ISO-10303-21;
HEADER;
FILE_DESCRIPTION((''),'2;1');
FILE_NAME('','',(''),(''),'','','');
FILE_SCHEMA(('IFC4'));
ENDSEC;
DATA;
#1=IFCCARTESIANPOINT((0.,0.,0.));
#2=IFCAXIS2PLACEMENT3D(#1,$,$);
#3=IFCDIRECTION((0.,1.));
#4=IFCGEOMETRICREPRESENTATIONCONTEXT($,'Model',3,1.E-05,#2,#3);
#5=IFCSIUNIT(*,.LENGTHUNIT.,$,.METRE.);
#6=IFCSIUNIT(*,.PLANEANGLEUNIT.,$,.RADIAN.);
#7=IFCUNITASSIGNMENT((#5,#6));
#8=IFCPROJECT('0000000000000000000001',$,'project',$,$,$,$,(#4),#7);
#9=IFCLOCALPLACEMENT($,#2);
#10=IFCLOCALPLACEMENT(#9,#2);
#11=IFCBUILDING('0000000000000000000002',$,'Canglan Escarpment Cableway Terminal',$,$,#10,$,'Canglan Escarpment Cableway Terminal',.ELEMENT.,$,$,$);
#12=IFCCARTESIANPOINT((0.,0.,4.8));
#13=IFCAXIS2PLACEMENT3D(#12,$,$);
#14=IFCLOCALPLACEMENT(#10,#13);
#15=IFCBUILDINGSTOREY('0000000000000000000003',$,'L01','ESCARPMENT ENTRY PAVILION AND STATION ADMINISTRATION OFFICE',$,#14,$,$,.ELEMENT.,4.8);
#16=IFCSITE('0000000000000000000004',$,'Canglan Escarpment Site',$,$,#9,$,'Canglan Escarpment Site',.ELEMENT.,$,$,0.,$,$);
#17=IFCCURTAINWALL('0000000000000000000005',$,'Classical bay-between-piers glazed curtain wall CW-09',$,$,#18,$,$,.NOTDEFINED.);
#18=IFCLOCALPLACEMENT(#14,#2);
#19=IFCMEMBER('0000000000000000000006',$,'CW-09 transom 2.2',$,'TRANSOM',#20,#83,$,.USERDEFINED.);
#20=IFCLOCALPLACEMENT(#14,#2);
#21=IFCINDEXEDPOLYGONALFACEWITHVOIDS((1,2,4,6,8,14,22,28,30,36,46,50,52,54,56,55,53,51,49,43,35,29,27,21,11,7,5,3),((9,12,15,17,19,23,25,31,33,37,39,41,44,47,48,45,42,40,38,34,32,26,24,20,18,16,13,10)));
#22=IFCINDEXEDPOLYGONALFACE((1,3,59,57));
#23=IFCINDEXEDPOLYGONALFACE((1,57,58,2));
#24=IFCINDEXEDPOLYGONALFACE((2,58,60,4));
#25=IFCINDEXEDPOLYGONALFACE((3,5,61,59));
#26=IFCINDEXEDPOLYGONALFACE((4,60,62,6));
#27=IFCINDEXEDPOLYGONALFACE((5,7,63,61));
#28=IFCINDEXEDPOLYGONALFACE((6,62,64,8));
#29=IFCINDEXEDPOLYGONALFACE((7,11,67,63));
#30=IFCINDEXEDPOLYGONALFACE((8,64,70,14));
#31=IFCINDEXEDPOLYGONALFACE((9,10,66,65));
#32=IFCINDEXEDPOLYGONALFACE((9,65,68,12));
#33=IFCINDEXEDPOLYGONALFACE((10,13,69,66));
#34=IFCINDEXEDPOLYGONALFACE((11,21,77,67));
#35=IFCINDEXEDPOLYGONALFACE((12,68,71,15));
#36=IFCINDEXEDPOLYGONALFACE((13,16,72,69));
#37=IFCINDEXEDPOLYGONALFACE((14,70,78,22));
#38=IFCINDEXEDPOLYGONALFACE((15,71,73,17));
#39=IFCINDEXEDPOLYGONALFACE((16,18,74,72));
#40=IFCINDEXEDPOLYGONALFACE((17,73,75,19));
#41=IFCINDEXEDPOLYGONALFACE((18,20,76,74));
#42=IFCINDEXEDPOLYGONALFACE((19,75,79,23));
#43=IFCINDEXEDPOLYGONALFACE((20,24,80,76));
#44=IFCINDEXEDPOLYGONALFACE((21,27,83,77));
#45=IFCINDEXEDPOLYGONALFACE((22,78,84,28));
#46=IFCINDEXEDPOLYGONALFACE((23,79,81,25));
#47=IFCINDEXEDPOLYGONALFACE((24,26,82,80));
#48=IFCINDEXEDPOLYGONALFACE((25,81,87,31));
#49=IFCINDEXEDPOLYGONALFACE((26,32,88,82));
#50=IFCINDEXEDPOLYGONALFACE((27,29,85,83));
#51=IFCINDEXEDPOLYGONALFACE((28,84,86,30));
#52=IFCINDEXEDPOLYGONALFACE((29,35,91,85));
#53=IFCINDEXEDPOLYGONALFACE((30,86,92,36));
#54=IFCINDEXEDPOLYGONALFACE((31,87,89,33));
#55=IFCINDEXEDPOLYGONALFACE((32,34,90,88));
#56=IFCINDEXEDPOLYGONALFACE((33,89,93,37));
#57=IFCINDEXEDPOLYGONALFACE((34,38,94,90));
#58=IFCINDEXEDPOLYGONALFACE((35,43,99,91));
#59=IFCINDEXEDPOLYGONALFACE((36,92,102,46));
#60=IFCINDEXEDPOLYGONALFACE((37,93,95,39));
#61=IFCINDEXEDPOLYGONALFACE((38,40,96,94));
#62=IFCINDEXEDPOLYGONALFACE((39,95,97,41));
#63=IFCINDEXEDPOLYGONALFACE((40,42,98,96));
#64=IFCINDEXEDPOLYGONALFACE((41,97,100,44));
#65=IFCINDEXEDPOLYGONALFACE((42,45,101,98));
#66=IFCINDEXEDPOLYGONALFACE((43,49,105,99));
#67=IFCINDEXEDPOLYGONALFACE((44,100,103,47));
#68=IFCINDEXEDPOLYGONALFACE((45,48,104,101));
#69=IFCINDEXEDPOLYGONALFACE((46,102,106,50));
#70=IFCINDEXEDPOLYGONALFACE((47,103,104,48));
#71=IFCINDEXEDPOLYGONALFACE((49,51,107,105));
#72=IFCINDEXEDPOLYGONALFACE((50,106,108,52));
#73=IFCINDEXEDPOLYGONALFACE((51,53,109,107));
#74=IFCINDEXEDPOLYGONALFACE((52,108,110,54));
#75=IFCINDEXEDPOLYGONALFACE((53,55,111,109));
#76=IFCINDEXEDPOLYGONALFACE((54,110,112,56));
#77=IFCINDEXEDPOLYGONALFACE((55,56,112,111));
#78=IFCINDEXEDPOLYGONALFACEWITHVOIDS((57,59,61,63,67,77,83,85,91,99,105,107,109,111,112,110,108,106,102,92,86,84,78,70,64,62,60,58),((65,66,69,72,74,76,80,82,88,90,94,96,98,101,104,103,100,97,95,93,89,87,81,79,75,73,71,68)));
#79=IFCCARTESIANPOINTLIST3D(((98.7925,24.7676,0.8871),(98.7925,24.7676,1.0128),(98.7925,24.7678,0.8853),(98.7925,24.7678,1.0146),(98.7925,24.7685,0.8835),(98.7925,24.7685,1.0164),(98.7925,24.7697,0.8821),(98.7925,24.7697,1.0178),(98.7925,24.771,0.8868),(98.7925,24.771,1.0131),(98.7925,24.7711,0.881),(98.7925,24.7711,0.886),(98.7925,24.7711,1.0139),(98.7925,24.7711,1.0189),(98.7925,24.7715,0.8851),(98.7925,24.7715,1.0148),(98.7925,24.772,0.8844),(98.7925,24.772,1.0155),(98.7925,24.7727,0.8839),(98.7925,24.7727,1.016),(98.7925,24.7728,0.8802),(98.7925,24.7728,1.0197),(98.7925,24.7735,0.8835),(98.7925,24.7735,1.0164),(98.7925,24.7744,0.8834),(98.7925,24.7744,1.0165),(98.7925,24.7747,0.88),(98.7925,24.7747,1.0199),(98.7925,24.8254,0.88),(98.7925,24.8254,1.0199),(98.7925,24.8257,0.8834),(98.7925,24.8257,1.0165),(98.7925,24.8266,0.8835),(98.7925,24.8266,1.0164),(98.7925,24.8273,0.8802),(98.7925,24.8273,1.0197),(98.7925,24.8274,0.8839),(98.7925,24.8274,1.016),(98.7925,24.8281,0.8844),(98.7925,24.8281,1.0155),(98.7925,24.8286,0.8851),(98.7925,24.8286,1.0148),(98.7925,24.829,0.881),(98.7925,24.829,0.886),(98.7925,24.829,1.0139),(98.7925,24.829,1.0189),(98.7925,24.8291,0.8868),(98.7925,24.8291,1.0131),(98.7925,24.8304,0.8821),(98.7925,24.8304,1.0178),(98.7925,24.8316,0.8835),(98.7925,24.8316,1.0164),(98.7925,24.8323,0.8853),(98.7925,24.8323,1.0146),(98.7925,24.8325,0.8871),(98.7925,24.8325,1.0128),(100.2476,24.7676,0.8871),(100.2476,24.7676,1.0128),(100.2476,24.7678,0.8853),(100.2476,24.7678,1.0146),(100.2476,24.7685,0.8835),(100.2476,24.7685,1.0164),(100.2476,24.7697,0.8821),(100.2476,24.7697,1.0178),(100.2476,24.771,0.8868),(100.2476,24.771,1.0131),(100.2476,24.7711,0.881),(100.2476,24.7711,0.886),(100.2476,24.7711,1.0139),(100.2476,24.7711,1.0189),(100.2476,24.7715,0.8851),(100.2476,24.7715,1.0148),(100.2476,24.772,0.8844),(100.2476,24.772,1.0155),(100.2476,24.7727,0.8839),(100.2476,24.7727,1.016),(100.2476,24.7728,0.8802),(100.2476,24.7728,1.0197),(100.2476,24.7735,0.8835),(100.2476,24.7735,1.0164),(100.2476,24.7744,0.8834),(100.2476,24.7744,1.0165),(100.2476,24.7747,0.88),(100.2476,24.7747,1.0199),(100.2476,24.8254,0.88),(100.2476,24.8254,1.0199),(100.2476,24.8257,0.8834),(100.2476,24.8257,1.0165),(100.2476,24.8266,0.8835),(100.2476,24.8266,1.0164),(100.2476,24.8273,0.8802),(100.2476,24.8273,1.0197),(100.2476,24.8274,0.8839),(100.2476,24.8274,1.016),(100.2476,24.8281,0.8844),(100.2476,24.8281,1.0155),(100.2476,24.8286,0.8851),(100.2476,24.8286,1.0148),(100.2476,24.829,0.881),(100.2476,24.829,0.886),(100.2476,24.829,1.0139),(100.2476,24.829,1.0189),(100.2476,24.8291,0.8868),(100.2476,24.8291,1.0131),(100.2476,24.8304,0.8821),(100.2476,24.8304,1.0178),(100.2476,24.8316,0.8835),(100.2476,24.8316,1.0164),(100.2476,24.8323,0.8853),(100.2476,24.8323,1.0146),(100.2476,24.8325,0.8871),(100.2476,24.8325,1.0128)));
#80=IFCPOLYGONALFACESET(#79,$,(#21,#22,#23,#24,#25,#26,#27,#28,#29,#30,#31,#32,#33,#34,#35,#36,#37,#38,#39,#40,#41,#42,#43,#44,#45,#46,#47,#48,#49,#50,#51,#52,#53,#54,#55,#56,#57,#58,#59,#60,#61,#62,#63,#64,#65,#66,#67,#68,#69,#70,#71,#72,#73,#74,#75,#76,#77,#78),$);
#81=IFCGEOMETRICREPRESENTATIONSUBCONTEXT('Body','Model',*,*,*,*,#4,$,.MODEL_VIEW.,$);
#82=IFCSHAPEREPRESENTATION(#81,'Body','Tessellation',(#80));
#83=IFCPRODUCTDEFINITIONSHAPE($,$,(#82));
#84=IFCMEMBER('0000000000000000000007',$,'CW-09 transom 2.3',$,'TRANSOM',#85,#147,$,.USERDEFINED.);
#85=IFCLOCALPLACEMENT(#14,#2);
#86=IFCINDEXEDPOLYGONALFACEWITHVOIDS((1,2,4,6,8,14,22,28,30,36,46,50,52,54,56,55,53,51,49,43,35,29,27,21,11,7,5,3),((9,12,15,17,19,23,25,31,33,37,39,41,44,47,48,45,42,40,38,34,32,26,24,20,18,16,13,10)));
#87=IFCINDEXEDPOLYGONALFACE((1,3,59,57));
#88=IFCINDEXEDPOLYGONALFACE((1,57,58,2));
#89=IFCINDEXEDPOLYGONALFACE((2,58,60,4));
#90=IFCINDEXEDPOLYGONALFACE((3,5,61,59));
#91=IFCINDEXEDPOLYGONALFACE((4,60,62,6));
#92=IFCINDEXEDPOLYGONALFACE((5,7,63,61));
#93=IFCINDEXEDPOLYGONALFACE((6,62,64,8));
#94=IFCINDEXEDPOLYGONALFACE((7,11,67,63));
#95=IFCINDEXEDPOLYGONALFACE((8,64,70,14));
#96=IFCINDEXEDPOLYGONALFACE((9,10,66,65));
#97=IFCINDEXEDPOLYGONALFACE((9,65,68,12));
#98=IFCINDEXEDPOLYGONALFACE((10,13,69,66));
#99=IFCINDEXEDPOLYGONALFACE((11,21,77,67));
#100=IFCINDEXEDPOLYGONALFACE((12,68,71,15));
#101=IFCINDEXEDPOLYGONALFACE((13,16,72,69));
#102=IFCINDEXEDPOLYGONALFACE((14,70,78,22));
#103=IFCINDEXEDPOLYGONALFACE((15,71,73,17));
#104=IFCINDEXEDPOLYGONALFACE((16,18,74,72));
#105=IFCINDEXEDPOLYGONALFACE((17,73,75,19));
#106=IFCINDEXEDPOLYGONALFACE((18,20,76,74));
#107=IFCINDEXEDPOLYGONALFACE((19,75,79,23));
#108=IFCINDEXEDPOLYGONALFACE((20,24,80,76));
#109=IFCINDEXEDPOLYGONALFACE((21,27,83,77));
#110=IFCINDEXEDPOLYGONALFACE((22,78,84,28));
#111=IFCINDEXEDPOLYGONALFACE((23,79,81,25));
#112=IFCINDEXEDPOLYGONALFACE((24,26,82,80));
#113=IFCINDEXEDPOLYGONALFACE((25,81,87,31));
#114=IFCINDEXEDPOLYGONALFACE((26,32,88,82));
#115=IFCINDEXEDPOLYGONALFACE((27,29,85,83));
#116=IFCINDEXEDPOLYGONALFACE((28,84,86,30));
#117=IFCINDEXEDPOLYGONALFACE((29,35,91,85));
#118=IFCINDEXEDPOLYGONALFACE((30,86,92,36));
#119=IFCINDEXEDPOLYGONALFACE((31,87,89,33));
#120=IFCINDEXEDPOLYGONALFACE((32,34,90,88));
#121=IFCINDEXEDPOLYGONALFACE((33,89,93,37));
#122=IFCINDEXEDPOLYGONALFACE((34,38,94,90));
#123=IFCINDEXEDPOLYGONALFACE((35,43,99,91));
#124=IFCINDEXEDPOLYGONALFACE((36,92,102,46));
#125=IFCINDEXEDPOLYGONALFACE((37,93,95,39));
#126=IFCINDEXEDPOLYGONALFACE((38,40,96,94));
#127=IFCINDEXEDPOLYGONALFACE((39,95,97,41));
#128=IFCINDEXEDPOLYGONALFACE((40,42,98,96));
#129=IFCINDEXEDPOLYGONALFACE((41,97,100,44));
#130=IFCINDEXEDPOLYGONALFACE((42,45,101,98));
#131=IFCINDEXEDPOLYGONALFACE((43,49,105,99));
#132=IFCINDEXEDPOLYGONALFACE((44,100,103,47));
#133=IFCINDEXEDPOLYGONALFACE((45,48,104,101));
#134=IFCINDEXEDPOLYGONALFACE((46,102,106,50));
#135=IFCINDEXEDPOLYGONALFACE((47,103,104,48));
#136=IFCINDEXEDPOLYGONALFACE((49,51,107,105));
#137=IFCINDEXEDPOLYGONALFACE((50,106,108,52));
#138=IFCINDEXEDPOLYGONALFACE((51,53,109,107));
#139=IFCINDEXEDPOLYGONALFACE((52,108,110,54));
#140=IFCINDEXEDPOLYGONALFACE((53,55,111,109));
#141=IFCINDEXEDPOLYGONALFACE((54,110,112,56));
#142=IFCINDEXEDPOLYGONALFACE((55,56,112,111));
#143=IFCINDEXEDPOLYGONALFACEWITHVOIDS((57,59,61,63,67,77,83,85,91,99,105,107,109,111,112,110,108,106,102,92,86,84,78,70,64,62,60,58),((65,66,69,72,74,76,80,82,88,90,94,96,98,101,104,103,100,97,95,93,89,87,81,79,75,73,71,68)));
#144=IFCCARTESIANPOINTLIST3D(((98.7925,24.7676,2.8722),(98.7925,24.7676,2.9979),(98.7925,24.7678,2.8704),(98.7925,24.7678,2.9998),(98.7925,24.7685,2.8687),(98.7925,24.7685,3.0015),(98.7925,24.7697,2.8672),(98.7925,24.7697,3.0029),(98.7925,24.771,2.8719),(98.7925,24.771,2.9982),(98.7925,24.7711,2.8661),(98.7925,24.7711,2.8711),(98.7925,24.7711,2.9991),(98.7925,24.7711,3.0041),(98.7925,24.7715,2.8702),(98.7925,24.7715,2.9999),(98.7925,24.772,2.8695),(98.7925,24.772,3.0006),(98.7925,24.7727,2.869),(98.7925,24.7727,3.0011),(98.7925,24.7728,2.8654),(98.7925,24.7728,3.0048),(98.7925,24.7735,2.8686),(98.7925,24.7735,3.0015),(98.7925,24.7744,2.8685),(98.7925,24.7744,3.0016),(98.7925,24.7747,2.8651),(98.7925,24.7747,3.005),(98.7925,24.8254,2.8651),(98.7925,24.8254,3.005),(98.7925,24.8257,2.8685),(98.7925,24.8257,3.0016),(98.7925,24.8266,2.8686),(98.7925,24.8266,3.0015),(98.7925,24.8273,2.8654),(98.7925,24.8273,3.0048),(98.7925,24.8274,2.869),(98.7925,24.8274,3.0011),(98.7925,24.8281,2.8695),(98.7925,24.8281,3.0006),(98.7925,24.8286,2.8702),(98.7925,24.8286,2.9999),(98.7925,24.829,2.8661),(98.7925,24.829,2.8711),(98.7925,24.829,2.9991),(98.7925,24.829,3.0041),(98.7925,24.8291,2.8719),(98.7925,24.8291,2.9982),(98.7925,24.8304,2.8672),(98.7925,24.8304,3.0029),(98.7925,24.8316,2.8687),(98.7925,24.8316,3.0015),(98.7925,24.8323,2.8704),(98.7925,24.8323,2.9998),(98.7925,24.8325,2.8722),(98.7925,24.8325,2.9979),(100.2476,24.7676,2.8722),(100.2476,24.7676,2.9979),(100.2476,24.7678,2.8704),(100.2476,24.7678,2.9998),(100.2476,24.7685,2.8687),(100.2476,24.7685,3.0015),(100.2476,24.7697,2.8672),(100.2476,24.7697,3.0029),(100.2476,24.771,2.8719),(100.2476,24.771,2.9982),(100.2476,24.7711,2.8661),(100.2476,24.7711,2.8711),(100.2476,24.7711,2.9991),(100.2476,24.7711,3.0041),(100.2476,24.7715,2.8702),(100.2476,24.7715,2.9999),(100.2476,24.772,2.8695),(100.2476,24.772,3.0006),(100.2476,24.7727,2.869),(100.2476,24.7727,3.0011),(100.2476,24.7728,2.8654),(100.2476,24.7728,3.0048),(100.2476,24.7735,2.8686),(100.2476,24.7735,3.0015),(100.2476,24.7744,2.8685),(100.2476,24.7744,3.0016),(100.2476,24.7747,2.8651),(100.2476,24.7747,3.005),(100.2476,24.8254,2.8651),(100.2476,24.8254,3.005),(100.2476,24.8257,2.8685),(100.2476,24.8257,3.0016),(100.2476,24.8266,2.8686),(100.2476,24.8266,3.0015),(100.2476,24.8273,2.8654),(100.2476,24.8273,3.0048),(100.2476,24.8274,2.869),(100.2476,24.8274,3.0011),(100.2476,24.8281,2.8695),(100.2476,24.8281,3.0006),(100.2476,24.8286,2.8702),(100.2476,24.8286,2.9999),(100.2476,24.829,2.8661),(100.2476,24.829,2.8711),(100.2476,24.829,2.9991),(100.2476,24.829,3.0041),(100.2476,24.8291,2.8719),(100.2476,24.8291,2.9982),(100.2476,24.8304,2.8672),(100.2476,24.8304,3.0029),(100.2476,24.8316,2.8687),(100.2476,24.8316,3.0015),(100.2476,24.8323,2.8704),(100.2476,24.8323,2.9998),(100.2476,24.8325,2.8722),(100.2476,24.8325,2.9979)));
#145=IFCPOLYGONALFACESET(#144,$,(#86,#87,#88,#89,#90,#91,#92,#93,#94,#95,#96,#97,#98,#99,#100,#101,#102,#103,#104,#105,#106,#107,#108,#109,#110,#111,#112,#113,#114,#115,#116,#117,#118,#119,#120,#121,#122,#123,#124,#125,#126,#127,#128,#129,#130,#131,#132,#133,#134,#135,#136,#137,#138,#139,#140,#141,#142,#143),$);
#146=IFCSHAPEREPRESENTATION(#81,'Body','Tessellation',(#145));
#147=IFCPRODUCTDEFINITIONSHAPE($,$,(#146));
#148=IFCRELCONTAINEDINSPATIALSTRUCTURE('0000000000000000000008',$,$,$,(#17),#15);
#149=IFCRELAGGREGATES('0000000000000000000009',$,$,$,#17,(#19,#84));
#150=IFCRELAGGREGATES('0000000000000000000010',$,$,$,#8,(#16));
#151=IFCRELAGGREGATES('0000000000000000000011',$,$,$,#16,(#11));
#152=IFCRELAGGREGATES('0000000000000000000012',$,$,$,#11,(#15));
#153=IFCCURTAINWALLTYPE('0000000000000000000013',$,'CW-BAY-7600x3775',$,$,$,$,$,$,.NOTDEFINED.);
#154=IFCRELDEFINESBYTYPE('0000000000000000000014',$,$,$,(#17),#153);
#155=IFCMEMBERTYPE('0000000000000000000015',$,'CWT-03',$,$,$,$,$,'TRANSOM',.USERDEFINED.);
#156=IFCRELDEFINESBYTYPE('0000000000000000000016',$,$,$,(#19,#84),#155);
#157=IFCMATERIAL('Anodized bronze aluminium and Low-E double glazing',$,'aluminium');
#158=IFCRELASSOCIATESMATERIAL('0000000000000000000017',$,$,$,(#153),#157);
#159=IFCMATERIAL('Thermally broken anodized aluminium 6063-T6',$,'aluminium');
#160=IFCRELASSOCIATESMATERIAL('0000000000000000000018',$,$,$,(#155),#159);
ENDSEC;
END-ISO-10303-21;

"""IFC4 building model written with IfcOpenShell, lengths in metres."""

from ifc_helpers import new_model, si_unit, direction, frame, origin, origin_2d, place, context, subcontext, project, spatial, hollow_rectangle, extrude, material, material_profile, profile_set, type_object, element, aggregate, save


model = new_model("IFC4")

# Units and contexts
model_context = context("Model", 3, precision=1e-05, world=origin(), true_north=direction((0.0, 1.0)))
body_context = subcontext(model_context, "Body", "Model", "MODEL_VIEW")
ifc_project = project(units=[si_unit("LENGTHUNIT", "METRE"), si_unit("PLANEANGLEUNIT", "RADIAN")], contexts=[model_context])

# Site, building, storey
site_placement = place(None, origin())
site = spatial("IfcSite", under=ifc_project, at=site_placement, Name="Canglan Escarpment Site", LongName="Canglan Escarpment Site", CompositionType="ELEMENT", RefElevation=0.0)
building_placement = place(site_placement, origin())
building = spatial("IfcBuilding", under=site, at=building_placement, Name="Canglan Escarpment Cableway Terminal", LongName="Canglan Escarpment Cableway Terminal", CompositionType="ELEMENT")
storey_placement = place(building_placement, frame((0.0, 0.0, 4.8)))
storey = spatial("IfcBuildingStorey", under=building, at=storey_placement, Name="L01", Description="ESCARPMENT ENTRY PAVILION AND STATION ADMINISTRATION OFFICE", CompositionType="ELEMENT", Elevation=4.8)

# Curtain wall, members
ifc_material_1 = material(Name="Anodized bronze aluminium and Low-E double glazing", Category="aluminium")
curtain_wall_type = type_object("IfcCurtainWallType", Name="CW-BAY-7600x3775", PredefinedType="NOTDEFINED", material=ifc_material_1)
curtain_wall_placement = place(storey_placement, origin())
curtain_wall = element("IfcCurtainWall", 1, at=curtain_wall_placement, inside=storey, type_object=curtain_wall_type, Name="Classical bay-between-piers glazed curtain wall CW-09", PredefinedType="NOTDEFINED")
ifc_material_2 = material(Name="Thermally broken anodized aluminium 6063-T6", Category="aluminium")
ifc_material_profile_1 = material_profile(ifc_material_2, hollow_rectangle(XDim=0.0649, YDim=0.1399, WallThickness=0.0034, InnerFilletRadius=0.0034, OuterFilletRadius=0.0071, at=origin_2d()), Name="ALU-TRAN 65x140x3.5")
ifc_profile_set_1 = profile_set([ifc_material_profile_1], Name="Thermally broken anodized aluminium 6063-T6")
member_type_1 = type_object("IfcMemberType", Name="CWT-03", ElementType="TRANSOM", PredefinedType="USERDEFINED", material=ifc_profile_set_1)
member_1_placement = place(storey_placement, frame((100.2476, 24.8, 0.95), z_axis=(-1.0, 0.0, 0.0), x_axis=(0.0, -1.0, 0.0)))
member_1 = element("IfcMember", 2, at=member_1_placement, type_object=member_type_1, Name="CW-09 transom 2.2", ObjectType="TRANSOM", PredefinedType="USERDEFINED", context=body_context, shape_type="SweptSolid", body=[
    extrude(hollow_rectangle(XDim=0.0649, YDim=0.1399, WallThickness=0.0034, InnerFilletRadius=0.0034, OuterFilletRadius=0.0071, at=origin_2d()), origin(), (0.0, 0.0, 1.0), 1.4551),
])
member_2_placement = place(storey_placement, frame((100.2476, 24.8, 2.9351), z_axis=(-1.0, 0.0, 0.0), x_axis=(0.0, -1.0, 0.0)))
member_2 = element("IfcMember", 3, at=member_2_placement, type_object=member_type_1, Name="CW-09 transom 2.3", ObjectType="TRANSOM", PredefinedType="USERDEFINED", context=body_context, shape_type="SweptSolid", body=[
    extrude(hollow_rectangle(XDim=0.0649, YDim=0.1399, WallThickness=0.0034, InnerFilletRadius=0.0034, OuterFilletRadius=0.0071, at=origin_2d()), origin(), (0.0, 0.0, 1.0), 1.4551),
])
aggregate(curtain_wall, [member_1, member_2])

save(model, "model.ifc")
